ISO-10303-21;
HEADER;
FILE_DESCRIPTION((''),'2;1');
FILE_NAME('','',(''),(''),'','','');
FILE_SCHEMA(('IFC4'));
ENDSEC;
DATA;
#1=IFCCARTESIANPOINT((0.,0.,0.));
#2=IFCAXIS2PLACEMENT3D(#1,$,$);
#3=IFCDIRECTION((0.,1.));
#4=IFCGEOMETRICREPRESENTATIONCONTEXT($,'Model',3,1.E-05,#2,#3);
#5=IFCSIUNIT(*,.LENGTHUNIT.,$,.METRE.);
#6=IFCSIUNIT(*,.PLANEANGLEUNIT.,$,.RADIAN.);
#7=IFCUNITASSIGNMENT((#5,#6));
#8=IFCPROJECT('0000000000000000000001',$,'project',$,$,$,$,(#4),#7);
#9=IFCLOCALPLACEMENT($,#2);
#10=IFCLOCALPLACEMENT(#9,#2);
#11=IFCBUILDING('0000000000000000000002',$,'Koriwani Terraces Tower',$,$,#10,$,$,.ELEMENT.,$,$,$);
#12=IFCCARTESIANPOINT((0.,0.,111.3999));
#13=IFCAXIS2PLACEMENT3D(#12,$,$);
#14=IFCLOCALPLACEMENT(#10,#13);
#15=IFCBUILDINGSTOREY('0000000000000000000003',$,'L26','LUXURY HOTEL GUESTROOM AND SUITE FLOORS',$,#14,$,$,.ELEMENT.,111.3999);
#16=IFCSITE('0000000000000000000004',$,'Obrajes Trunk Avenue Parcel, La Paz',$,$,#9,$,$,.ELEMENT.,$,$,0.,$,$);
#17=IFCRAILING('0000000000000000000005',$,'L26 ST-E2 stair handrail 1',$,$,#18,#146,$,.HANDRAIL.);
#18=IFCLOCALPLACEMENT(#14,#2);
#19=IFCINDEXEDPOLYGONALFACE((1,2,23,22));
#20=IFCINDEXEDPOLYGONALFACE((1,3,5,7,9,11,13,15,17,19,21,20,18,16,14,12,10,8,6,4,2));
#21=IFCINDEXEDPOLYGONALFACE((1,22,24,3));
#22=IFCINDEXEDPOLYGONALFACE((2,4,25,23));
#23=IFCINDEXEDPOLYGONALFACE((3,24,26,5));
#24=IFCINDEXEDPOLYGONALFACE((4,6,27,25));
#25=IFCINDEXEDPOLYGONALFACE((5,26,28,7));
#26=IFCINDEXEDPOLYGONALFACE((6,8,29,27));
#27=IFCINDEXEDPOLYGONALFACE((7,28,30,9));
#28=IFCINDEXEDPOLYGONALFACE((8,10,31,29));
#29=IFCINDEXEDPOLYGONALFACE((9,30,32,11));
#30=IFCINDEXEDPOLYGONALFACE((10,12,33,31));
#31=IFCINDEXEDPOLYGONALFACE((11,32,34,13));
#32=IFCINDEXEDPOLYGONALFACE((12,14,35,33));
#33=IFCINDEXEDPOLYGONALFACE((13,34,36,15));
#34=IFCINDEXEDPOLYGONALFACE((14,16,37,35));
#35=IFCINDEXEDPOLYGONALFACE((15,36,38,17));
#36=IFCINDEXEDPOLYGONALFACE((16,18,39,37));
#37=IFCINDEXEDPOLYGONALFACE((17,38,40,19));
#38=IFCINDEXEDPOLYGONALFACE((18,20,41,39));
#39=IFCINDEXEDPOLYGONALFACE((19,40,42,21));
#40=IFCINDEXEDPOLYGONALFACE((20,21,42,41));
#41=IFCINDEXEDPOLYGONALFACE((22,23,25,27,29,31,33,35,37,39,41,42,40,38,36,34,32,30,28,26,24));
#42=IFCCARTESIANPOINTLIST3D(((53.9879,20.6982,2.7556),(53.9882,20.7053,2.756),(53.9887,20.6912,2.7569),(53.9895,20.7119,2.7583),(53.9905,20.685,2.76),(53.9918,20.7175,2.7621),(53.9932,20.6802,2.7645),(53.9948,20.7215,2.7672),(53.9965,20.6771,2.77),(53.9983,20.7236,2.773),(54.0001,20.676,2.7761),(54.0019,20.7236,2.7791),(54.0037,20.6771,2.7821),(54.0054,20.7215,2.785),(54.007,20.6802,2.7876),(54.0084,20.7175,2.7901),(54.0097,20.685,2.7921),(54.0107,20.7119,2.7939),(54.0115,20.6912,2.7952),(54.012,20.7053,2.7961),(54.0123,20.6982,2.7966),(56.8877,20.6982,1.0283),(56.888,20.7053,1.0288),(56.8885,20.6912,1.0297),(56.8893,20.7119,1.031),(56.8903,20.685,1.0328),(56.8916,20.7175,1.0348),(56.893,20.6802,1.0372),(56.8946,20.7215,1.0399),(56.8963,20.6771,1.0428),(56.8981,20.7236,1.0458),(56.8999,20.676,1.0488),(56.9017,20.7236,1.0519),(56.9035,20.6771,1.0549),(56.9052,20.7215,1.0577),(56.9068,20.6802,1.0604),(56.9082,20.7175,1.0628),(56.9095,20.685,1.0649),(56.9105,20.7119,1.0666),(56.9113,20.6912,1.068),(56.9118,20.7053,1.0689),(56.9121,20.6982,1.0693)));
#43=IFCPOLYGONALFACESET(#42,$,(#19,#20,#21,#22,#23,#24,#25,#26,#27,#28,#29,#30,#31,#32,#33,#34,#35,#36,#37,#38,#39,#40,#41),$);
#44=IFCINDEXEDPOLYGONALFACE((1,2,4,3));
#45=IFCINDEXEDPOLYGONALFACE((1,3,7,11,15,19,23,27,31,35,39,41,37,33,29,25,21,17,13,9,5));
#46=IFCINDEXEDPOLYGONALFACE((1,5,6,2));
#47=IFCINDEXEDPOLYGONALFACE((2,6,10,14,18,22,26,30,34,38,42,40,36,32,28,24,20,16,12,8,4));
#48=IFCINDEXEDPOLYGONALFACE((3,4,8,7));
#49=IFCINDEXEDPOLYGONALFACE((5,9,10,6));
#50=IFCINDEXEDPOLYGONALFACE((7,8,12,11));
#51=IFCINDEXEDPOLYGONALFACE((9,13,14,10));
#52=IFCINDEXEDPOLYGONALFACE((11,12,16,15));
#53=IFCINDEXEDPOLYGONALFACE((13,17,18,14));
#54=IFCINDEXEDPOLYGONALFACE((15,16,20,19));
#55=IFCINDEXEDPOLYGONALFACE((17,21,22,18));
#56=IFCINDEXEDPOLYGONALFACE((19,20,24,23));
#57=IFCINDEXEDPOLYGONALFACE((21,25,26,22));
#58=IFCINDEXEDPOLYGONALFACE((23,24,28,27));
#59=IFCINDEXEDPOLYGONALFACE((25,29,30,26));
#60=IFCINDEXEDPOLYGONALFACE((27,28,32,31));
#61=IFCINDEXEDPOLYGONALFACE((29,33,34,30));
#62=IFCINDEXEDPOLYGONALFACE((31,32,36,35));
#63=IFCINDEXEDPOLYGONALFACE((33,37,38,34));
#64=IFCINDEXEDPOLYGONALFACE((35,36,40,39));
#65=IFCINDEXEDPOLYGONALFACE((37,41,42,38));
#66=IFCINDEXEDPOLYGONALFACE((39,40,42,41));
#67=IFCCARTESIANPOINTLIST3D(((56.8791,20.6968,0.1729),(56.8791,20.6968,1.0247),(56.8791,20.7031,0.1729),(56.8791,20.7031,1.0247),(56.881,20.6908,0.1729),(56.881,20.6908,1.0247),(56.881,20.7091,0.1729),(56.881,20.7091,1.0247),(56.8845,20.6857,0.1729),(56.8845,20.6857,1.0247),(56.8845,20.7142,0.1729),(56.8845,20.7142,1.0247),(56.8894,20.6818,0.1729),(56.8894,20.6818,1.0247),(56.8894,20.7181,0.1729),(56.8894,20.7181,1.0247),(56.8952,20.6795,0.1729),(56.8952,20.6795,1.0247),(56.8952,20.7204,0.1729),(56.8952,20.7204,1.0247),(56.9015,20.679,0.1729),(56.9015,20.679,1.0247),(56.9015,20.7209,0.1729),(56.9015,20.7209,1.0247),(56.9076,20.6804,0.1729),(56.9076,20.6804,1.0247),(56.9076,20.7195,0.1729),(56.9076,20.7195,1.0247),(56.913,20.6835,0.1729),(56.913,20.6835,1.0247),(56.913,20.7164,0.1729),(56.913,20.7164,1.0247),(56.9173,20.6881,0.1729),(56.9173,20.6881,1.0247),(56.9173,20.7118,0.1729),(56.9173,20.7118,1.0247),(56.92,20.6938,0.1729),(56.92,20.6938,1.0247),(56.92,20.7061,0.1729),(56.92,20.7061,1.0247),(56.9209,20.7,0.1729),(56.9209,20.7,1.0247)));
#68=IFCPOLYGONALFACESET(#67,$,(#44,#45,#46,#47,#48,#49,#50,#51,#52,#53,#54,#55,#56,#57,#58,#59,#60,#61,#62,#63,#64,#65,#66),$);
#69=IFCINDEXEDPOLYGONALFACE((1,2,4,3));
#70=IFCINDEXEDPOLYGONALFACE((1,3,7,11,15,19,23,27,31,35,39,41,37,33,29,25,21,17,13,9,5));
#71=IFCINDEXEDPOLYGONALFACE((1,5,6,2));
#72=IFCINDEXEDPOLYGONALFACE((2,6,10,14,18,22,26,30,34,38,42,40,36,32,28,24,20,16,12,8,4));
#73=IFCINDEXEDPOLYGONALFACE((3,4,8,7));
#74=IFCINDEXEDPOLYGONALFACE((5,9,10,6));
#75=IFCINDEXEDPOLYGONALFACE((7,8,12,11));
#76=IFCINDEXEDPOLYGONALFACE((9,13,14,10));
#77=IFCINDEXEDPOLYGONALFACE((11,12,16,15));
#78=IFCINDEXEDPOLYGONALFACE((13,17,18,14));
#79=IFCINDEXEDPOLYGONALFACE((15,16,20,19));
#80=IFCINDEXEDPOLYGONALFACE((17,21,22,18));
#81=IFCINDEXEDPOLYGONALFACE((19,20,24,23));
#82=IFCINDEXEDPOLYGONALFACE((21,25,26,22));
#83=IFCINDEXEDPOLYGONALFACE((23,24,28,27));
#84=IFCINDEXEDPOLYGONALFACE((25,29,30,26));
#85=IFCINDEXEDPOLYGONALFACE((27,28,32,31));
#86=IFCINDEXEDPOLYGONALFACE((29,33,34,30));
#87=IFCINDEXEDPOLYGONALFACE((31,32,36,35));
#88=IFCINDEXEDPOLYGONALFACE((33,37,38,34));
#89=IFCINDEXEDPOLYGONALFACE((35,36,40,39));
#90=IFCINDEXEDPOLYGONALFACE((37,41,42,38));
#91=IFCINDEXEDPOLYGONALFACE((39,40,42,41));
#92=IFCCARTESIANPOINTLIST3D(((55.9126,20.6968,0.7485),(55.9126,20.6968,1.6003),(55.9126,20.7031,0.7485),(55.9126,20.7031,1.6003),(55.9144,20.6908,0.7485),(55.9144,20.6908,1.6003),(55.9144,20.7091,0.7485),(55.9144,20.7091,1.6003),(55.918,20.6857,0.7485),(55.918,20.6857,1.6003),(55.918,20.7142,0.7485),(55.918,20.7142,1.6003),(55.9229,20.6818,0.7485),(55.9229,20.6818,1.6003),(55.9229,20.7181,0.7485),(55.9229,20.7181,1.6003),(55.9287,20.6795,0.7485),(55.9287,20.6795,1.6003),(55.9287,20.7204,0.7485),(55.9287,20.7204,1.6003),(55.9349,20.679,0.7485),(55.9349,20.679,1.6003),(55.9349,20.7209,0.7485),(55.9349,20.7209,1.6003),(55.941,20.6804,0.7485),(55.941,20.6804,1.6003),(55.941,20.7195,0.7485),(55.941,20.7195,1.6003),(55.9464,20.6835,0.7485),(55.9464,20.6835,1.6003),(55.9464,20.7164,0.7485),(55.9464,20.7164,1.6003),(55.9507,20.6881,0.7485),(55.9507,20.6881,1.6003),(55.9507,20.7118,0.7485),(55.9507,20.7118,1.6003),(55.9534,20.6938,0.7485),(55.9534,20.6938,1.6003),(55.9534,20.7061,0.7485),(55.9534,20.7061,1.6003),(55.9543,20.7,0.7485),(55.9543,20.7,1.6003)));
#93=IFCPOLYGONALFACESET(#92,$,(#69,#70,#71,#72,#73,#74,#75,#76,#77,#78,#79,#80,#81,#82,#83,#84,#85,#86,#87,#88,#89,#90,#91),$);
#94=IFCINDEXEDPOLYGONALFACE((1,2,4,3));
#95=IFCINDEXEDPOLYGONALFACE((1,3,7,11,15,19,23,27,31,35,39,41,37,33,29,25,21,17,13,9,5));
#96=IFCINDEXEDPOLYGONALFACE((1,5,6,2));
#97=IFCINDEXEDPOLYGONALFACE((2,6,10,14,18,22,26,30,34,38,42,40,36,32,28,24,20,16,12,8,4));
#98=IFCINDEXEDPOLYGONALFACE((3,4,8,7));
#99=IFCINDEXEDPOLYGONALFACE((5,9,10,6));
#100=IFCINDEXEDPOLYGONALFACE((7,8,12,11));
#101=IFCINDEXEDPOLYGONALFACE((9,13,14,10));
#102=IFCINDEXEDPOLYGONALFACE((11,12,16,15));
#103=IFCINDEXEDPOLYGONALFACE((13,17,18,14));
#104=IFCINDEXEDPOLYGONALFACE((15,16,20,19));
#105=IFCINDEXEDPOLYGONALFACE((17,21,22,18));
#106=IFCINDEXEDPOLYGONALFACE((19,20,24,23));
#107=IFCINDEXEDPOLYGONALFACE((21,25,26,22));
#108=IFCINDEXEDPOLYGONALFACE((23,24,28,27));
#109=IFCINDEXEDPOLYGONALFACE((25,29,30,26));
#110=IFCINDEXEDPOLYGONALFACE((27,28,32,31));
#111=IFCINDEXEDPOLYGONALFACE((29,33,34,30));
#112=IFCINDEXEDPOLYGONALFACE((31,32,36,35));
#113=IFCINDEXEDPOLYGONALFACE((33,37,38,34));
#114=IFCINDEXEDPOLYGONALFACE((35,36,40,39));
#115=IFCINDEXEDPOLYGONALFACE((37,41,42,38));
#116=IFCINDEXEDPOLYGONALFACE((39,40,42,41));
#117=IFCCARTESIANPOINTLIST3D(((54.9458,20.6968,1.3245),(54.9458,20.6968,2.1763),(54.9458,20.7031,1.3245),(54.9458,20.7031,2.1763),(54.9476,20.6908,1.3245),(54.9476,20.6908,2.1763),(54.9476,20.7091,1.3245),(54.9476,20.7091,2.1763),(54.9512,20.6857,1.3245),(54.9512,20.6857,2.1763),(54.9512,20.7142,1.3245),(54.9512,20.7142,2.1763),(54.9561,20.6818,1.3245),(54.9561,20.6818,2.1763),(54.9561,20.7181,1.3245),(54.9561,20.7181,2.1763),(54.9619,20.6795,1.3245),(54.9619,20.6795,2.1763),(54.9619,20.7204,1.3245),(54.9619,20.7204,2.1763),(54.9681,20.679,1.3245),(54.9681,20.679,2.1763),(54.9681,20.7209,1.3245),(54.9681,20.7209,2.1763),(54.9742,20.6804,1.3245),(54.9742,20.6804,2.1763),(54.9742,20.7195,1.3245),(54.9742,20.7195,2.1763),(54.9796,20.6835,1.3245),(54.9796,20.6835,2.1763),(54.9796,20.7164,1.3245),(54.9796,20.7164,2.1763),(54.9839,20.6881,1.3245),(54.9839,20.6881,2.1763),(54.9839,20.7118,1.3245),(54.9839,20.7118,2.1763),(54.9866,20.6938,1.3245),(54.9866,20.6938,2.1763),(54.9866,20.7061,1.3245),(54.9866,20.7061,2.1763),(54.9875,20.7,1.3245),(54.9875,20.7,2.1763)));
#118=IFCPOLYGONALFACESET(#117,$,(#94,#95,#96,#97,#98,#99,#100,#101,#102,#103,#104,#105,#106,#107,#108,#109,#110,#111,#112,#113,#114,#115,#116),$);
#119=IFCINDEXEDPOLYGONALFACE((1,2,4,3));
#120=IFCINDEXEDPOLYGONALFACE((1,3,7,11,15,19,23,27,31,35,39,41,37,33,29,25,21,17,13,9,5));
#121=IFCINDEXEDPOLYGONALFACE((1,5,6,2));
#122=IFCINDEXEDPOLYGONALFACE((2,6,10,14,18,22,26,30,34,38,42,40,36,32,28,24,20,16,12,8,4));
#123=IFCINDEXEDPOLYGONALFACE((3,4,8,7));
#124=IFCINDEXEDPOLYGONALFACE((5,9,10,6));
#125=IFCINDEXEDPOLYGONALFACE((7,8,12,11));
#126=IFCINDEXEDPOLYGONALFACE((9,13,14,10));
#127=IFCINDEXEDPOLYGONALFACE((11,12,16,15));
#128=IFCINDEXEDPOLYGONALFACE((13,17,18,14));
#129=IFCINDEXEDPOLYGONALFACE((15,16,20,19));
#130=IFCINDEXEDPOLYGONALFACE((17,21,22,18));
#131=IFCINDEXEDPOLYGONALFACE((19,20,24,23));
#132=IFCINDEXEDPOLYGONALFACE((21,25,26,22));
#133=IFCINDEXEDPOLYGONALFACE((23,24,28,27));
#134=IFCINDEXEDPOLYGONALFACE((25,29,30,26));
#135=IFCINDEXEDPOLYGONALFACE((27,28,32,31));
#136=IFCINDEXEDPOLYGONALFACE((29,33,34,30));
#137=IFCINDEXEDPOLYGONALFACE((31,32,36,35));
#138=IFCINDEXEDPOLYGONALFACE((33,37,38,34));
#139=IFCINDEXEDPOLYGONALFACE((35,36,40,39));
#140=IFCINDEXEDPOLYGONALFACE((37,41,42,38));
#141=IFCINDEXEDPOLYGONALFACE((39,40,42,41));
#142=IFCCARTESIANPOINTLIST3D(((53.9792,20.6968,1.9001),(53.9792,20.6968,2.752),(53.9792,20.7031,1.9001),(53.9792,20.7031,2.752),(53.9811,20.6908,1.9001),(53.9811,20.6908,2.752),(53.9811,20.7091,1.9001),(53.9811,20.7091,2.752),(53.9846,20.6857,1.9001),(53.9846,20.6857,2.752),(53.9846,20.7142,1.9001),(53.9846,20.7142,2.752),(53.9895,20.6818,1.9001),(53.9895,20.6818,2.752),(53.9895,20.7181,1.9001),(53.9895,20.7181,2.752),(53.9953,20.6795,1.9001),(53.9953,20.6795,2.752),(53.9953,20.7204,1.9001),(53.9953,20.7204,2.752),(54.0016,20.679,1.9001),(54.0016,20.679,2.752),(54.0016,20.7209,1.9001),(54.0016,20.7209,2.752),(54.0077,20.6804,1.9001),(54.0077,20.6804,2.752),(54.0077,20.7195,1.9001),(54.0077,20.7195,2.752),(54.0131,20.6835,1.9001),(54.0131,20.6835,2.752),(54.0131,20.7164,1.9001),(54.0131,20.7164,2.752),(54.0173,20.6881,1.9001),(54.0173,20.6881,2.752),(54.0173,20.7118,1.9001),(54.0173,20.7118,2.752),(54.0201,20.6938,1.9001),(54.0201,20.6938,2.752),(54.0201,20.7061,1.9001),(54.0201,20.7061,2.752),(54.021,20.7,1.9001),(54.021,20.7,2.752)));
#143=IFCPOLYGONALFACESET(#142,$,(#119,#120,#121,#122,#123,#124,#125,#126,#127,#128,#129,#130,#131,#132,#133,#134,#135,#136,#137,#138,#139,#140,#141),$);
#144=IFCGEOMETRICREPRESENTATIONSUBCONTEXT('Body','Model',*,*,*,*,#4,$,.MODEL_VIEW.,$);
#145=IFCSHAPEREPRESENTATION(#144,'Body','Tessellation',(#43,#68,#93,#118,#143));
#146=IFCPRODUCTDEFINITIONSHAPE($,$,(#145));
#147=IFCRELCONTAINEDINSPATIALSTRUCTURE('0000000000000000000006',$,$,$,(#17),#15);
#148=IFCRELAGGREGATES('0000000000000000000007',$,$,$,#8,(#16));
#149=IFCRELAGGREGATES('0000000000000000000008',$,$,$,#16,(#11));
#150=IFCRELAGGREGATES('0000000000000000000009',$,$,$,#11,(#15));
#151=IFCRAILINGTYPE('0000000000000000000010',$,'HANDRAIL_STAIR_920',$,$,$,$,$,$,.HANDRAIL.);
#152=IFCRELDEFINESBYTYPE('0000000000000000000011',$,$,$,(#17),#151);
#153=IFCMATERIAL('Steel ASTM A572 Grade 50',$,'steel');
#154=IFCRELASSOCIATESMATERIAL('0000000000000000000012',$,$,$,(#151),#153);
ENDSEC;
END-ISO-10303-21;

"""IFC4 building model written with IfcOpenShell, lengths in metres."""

from ifc_helpers import new_model, si_unit, direction, frame, origin, origin_2d, place, context, subcontext, project, spatial, circle, extrude, material, type_object, element, save


model = new_model("IFC4")

# Units and contexts
model_context = context("Model", 3, precision=1e-05, world=origin(), true_north=direction((0.0, 1.0)))
body_context = subcontext(model_context, "Body", "Model", "MODEL_VIEW")
ifc_project = project(units=[si_unit("LENGTHUNIT", "METRE"), si_unit("PLANEANGLEUNIT", "RADIAN")], contexts=[model_context])

# Site, building, storey
site_placement = place(None, origin())
site = spatial("IfcSite", under=ifc_project, at=site_placement, Name="Obrajes Trunk Avenue Parcel, La Paz", CompositionType="ELEMENT", RefElevation=0.0)
building_placement = place(site_placement, origin())
building = spatial("IfcBuilding", under=site, at=building_placement, Name="Koriwani Terraces Tower", CompositionType="ELEMENT")
storey_placement = place(building_placement, frame((0.0, 0.0, 111.3999)))
storey = spatial("IfcBuildingStorey", under=building, at=storey_placement, Name="L26", Description="LUXURY HOTEL GUESTROOM AND SUITE FLOORS", CompositionType="ELEMENT", Elevation=111.3999)

# Shared definitions
ifc_material_1 = material(Name="Steel ASTM A572 Grade 50", Category="steel")

# Railing
railing_type_1 = type_object("IfcRailingType", Name="HANDRAIL_STAIR_920", PredefinedType="HANDRAIL", material=ifc_material_1)
railing_1_placement = place(storey_placement, frame((56.8999, 20.7, 0.1729)))
element("IfcRailing", 1, at=railing_1_placement, inside=storey, type_object=railing_type_1, Name="L26 ST-E2 stair handrail 1", PredefinedType="HANDRAIL", context=body_context, shape_type="SweptSolid", body=[
    extrude(circle(Radius=0.0239, at=origin_2d()), frame((0.0, 0.0, 0.876), z_axis=(-0.859141, 0.0, 0.511738), x_axis=(0.0, -1.0, 0.0)), (0.0, 0.0, 1.0), 3.3752),
    extrude(circle(Radius=0.021, at=origin_2d()), origin(), (0.0, 0.0, 1.0), 0.8518),
    extrude(circle(Radius=0.021, at=origin_2d()), frame((-0.9666, 0.0, 0.5757)), (0.0, 0.0, 1.0), 0.8518),
    extrude(circle(Radius=0.021, at=origin_2d()), frame((-1.9333, 0.0, 1.1516)), (0.0, 0.0, 1.0), 0.8518),
    extrude(circle(Radius=0.021, at=origin_2d()), frame((-2.8999, 0.0, 1.7273)), (0.0, 0.0, 1.0), 0.8518),
])

save(model, "model.ifc")
